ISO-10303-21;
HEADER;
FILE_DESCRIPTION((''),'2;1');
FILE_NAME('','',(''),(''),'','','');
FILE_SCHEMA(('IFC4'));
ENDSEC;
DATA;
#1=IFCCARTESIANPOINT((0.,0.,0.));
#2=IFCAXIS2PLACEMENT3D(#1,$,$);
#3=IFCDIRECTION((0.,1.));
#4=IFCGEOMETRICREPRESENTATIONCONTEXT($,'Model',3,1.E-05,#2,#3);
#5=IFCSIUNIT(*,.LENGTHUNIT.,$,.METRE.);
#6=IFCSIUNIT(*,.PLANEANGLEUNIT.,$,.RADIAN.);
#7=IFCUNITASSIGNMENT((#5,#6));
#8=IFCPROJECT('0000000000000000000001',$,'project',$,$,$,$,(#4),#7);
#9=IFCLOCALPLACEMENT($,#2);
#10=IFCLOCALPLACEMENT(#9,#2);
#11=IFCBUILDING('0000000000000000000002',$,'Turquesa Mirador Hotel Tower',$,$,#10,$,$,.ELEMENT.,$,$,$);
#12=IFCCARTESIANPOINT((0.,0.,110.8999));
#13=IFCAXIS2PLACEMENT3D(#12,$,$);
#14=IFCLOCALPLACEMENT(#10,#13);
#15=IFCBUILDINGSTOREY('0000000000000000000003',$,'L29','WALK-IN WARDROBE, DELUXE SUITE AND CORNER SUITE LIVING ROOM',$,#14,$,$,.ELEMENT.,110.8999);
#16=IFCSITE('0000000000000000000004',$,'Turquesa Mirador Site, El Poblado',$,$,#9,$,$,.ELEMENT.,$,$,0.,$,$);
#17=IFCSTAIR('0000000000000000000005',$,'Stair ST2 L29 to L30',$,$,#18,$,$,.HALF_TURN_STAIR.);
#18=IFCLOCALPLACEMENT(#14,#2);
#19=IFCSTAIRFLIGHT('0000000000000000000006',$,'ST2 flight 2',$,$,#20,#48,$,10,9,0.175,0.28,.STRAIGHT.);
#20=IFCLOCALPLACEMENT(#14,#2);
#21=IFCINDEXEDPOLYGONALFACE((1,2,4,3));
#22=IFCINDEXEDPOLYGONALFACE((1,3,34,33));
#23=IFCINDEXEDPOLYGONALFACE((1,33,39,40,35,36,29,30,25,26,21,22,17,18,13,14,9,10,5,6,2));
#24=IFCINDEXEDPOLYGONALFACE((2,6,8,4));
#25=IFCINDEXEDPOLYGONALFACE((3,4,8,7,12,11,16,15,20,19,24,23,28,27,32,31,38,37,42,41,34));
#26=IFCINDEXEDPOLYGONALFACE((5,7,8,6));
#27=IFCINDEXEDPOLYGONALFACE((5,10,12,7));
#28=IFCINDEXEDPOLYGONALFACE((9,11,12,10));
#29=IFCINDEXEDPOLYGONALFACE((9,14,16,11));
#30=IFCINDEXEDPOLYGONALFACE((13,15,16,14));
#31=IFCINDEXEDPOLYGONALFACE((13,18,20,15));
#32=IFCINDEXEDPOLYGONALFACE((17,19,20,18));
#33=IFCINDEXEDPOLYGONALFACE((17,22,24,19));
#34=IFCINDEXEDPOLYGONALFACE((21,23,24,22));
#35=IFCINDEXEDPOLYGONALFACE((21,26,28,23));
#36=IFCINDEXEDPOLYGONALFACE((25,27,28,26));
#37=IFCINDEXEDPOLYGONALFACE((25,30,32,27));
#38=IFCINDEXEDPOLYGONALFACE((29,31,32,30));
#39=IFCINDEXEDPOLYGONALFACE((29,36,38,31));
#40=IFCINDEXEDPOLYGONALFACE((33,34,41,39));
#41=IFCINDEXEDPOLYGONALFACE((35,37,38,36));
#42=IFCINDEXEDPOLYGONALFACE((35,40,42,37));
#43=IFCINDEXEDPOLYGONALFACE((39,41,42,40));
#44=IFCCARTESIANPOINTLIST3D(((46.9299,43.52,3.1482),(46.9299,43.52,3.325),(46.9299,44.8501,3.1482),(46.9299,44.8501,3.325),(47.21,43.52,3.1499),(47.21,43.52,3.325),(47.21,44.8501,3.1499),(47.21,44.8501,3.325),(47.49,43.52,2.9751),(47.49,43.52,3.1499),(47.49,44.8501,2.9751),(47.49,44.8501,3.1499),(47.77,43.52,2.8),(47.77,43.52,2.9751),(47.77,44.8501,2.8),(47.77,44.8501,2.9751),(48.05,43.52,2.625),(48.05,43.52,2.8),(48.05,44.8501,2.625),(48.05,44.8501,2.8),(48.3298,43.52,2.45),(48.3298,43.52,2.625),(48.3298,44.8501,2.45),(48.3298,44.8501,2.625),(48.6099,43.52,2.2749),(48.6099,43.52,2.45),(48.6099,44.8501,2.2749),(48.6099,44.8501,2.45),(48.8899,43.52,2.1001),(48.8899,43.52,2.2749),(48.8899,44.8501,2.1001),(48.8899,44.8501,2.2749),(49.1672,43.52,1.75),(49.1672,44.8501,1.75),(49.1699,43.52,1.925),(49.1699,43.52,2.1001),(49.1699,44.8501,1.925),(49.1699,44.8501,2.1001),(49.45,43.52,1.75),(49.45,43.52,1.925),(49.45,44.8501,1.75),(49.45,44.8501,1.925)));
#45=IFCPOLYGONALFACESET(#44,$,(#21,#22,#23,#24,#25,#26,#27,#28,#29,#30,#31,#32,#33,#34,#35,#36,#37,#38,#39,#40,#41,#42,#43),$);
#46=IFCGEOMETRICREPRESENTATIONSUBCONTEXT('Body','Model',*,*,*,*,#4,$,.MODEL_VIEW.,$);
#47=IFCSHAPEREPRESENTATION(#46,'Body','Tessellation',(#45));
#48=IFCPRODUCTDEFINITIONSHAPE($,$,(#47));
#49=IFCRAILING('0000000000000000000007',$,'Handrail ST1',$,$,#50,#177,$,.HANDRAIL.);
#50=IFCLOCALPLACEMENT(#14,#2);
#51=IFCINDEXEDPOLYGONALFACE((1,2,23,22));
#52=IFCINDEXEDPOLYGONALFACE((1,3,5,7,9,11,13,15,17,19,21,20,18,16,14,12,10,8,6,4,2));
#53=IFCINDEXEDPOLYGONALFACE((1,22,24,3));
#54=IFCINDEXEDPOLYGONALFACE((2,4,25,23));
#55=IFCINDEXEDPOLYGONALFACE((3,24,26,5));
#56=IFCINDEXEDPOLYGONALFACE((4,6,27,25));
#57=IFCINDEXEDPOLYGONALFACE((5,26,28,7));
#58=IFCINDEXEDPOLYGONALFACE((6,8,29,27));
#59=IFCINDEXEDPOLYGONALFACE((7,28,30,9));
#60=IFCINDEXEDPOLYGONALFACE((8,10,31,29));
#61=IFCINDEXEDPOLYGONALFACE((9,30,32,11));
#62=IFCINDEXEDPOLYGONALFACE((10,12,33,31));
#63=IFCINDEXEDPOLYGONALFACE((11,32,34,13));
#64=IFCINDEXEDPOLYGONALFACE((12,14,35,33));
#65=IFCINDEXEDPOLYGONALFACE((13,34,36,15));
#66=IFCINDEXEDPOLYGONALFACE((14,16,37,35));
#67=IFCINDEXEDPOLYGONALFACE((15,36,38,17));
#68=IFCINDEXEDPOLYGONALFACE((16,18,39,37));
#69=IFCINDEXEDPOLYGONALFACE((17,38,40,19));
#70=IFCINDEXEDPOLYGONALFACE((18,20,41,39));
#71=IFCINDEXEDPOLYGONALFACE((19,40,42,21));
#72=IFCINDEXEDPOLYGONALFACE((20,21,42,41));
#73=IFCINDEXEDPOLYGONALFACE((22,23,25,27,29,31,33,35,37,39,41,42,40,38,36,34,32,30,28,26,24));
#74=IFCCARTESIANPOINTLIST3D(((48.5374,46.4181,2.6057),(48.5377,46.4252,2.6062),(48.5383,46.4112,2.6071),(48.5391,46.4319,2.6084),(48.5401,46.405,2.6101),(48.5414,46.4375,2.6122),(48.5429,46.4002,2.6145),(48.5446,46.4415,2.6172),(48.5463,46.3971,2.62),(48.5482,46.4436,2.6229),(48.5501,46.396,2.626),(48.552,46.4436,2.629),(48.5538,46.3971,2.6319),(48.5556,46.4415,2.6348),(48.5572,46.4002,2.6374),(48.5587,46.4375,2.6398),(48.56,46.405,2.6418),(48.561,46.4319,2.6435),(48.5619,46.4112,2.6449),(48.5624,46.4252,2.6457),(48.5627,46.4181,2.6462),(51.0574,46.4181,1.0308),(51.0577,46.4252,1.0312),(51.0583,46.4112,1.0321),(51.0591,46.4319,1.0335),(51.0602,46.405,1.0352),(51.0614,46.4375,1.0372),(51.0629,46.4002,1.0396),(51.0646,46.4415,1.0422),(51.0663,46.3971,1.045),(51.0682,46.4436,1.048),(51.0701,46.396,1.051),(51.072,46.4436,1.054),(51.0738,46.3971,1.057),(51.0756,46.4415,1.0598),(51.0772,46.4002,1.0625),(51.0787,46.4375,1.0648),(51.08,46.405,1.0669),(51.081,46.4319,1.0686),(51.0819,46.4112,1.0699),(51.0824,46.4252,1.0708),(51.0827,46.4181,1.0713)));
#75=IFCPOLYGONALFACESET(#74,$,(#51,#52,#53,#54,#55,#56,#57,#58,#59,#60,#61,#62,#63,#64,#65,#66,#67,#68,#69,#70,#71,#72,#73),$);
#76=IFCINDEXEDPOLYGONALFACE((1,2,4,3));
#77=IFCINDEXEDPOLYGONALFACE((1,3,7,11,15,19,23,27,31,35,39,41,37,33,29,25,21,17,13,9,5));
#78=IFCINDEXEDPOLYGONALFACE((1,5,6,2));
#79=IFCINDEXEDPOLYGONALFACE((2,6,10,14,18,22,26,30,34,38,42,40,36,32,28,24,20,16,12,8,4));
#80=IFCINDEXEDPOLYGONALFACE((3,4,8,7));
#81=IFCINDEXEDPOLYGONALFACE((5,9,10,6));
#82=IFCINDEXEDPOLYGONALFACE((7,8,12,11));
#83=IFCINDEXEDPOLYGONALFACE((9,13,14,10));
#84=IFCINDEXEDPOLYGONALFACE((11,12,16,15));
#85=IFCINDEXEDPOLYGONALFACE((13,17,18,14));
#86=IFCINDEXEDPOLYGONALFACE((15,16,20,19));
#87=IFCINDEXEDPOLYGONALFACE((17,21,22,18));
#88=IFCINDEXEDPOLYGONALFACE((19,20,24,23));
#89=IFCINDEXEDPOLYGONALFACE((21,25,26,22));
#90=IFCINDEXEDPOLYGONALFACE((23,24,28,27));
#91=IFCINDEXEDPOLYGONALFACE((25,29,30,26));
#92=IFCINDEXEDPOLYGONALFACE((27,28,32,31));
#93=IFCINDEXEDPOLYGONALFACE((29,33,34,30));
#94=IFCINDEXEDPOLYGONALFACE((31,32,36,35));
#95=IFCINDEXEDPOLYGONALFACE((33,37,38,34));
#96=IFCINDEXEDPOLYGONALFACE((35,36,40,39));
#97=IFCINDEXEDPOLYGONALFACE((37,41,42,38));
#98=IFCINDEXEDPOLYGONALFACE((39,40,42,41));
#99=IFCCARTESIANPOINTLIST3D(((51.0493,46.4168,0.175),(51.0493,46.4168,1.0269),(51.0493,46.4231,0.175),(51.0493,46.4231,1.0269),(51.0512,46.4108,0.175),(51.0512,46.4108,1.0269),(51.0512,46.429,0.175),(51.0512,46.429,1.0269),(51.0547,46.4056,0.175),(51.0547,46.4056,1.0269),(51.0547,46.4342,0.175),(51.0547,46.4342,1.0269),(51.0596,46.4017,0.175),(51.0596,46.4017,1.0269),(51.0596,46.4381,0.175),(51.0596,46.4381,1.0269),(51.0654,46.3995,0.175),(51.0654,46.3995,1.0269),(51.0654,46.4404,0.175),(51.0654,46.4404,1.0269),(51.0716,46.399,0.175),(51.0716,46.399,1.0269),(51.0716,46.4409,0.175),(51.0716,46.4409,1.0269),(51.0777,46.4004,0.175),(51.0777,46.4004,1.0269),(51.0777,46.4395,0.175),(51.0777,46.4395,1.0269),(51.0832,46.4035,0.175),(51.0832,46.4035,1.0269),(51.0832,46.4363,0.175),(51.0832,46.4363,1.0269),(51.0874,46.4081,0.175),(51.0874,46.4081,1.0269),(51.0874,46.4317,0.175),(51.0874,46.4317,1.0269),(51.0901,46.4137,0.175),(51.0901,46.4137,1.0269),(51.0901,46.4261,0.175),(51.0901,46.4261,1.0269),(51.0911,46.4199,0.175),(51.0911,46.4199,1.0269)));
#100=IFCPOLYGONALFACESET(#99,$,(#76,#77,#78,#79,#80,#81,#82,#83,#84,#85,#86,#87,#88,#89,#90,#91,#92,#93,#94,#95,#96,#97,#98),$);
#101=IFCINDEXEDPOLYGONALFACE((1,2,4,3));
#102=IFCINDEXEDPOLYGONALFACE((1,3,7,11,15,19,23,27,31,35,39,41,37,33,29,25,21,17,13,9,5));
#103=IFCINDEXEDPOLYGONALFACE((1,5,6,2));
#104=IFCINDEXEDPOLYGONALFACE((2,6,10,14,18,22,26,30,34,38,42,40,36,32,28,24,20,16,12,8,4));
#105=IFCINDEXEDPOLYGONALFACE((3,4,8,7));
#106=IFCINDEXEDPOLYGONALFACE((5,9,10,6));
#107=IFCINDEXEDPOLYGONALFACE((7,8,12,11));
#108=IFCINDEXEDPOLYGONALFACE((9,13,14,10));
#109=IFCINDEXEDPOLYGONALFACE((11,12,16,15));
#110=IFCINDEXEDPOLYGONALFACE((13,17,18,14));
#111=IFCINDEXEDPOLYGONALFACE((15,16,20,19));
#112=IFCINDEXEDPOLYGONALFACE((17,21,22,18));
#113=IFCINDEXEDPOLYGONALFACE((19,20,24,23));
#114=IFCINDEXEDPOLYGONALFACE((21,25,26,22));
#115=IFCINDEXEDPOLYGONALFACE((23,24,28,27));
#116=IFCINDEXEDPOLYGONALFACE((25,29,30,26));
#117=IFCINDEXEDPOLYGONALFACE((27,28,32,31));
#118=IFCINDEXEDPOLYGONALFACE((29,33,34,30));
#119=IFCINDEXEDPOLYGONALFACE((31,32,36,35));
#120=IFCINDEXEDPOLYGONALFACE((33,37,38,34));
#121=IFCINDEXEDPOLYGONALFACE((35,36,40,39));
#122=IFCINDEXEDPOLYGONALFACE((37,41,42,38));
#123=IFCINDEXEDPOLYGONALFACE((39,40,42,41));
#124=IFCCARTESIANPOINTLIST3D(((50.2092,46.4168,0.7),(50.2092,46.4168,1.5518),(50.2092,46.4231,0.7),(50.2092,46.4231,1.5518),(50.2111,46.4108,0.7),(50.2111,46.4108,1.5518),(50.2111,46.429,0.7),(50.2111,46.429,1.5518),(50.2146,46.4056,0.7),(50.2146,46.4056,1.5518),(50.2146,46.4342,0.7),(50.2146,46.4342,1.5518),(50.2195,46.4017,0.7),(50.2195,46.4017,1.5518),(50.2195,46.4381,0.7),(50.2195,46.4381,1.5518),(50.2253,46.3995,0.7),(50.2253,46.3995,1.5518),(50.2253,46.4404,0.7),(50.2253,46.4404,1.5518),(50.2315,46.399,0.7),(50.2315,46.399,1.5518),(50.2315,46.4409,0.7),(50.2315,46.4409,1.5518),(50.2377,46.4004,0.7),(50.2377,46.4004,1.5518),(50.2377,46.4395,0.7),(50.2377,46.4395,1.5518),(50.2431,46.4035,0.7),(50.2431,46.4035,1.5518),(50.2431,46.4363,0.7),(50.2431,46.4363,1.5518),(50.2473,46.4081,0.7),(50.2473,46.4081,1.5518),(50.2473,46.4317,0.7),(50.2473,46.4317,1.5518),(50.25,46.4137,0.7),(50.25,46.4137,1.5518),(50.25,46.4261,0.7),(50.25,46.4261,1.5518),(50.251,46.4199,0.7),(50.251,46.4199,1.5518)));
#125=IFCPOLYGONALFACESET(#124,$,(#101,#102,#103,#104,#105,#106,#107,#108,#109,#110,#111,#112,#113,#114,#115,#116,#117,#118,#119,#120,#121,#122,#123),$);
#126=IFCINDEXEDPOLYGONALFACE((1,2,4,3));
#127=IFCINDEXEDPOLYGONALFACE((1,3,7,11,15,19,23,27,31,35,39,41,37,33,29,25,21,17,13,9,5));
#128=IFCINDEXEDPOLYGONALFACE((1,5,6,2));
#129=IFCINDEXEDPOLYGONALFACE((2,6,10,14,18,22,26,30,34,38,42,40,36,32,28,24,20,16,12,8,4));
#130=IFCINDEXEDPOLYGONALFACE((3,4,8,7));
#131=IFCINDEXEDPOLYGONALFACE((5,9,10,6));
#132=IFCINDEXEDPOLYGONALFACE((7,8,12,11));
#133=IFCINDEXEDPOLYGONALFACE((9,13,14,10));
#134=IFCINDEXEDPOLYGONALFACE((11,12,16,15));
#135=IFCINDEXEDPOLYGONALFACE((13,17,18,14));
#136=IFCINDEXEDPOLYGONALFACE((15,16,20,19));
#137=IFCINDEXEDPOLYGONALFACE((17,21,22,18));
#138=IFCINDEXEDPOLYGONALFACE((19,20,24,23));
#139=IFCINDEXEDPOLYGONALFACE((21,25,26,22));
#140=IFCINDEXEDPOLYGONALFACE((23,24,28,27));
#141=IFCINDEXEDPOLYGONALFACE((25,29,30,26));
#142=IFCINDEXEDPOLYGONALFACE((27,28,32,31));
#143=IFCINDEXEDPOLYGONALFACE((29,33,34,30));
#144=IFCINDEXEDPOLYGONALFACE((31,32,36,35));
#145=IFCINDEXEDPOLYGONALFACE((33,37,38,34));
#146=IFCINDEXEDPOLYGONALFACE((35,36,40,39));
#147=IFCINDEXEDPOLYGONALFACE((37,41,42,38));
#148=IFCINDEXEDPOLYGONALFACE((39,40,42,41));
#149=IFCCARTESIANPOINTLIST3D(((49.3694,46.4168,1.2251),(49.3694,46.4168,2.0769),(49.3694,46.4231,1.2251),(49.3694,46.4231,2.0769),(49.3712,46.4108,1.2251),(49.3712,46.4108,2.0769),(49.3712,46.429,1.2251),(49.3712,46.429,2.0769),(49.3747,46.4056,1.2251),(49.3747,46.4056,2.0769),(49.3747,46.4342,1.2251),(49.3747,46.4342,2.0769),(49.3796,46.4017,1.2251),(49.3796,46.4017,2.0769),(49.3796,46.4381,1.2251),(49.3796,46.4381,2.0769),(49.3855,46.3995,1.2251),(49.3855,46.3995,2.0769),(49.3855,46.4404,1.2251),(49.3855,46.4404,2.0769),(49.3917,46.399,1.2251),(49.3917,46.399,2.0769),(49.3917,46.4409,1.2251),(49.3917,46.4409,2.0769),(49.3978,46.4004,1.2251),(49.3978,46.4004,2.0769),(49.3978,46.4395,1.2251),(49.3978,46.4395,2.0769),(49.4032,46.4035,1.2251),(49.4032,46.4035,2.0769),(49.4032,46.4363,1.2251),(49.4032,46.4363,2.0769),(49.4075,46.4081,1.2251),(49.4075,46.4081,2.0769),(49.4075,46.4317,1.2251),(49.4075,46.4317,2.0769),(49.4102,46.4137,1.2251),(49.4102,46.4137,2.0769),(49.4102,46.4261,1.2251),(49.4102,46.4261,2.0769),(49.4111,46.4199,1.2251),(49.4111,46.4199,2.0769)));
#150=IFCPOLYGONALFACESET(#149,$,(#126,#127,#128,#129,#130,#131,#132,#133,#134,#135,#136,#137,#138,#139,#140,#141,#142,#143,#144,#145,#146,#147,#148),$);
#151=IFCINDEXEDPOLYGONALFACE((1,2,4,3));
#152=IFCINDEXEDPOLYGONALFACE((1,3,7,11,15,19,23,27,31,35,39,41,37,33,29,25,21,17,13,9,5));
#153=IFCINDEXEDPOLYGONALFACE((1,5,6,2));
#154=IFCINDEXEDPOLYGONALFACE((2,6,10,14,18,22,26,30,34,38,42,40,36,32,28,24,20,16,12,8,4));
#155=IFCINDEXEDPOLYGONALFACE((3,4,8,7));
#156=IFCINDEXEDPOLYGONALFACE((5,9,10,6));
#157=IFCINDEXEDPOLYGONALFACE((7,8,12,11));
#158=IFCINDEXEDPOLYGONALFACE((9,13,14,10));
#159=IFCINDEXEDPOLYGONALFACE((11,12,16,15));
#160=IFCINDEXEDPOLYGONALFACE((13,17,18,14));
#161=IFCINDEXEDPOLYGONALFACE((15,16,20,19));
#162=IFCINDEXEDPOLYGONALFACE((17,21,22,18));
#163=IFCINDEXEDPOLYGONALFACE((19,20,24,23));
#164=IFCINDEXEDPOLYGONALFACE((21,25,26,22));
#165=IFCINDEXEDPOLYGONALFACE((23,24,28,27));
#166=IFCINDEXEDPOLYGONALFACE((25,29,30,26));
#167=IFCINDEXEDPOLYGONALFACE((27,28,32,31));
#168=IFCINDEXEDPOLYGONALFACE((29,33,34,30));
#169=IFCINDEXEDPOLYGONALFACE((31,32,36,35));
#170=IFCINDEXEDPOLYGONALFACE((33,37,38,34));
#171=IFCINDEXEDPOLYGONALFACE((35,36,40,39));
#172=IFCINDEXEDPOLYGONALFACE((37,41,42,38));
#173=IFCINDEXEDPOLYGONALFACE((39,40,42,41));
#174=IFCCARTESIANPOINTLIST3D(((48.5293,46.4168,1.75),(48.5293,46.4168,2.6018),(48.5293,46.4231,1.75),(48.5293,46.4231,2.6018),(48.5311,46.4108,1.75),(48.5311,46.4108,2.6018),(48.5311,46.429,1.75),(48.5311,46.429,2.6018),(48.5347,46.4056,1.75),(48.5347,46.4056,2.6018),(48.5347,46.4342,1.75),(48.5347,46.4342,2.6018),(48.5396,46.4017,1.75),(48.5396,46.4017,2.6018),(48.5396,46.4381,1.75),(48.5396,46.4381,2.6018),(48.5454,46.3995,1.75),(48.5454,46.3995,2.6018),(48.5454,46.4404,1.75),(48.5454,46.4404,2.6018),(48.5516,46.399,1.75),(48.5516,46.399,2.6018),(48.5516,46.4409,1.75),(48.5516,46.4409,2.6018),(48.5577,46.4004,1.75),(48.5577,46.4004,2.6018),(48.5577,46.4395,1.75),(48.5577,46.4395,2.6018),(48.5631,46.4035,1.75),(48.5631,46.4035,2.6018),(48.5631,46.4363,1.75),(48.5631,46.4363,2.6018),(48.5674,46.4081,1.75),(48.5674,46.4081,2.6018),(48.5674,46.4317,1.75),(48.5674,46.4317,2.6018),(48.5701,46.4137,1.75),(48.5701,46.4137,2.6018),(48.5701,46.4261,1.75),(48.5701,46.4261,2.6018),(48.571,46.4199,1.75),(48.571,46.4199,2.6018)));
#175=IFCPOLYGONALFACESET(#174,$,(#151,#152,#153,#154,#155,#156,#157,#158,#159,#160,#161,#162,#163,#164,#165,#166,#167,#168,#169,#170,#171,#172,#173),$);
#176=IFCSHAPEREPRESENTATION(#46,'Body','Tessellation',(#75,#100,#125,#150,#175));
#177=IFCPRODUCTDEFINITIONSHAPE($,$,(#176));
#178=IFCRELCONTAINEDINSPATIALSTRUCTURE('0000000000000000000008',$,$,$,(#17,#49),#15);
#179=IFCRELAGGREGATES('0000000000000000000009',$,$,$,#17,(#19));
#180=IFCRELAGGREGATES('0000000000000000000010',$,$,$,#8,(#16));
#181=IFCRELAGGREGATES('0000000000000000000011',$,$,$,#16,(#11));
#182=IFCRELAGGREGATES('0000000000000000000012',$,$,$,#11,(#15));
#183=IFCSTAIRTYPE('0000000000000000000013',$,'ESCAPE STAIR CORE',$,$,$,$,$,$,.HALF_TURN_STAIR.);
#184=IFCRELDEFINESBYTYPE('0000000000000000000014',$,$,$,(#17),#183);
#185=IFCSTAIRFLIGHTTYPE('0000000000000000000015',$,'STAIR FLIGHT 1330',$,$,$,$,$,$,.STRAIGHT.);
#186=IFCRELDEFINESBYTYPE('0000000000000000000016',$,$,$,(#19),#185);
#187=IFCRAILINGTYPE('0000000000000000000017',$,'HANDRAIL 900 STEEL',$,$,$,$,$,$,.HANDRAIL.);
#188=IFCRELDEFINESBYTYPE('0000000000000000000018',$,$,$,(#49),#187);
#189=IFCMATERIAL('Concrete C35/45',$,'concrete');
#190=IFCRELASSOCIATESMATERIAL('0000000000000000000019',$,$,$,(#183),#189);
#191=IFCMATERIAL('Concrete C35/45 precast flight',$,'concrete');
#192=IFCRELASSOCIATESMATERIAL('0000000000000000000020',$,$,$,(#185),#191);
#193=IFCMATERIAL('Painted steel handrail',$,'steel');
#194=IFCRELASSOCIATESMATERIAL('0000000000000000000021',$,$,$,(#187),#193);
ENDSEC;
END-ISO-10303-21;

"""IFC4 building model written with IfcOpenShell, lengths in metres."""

from ifc_helpers import new_model, si_unit, direction, frame, origin, origin_2d, place, context, subcontext, project, spatial, polyline, circle, outline, extrude, material, type_object, element, aggregate, save


model = new_model("IFC4")

# Units and contexts
model_context = context("Model", 3, precision=1e-05, world=origin(), true_north=direction((0.0, 1.0)))
body_context = subcontext(model_context, "Body", "Model", "MODEL_VIEW")
ifc_project = project(units=[si_unit("LENGTHUNIT", "METRE"), si_unit("PLANEANGLEUNIT", "RADIAN")], contexts=[model_context])

# Site, building, storey
site_placement = place(None, origin())
site = spatial("IfcSite", under=ifc_project, at=site_placement, Name="Turquesa Mirador Site, El Poblado", CompositionType="ELEMENT", RefElevation=0.0)
building_placement = place(site_placement, origin())
building = spatial("IfcBuilding", under=site, at=building_placement, Name="Turquesa Mirador Hotel Tower", CompositionType="ELEMENT")
storey_placement = place(building_placement, frame((0.0, 0.0, 110.8999)))
storey = spatial("IfcBuildingStorey", under=building, at=storey_placement, Name="L29", Description="WALK-IN WARDROBE, DELUXE SUITE AND CORNER SUITE LIVING ROOM", CompositionType="ELEMENT", Elevation=110.8999)

# Shared definitions
ifc_material_1 = material(Name="Concrete C35/45", Category="concrete")
stair_type = type_object("IfcStairType", Name="ESCAPE STAIR CORE", PredefinedType="HALF_TURN_STAIR", material=ifc_material_1)
ifc_material_2 = material(Name="Concrete C35/45 precast flight", Category="concrete")
stair_flight_type = type_object("IfcStairFlightType", Name="STAIR FLIGHT 1330", PredefinedType="STRAIGHT", material=ifc_material_2)

# Stair, stair flight
stair_1_placement = place(storey_placement, origin())
stair_1 = element("IfcStair", 1, at=stair_1_placement, inside=storey, type_object=stair_type, Name="Stair ST2 L29 to L30", PredefinedType="HALF_TURN_STAIR")
stair_flight_1_placement = place(storey_placement, frame((49.45, 44.1851, 1.75), z_axis=(0.0, 0.0, 1.0), x_axis=(-1.0, 0.0, 0.0)))
stair_flight_1 = element("IfcStairFlight", 2, at=stair_flight_1_placement, type_object=stair_flight_type, Name="ST2 flight 2", NumberOfRisers=10, NumberOfTreads=9, PredefinedType="STRAIGHT", RiserHeight=0.175, TreadLength=0.28, context=body_context, shape_type="SweptSolid", body=[
    extrude(outline(polyline([(0.0, 0.0), (0.0, 0.175), (0.28, 0.175), (0.28, 0.3501), (0.5601, 0.3501), (0.5601, 0.5249), (0.8401, 0.5249), (0.8401, 0.7), (1.1201, 0.7), (1.1201, 0.875), (1.3999, 0.875), (1.3999, 1.05), (1.6799, 1.05), (1.6799, 1.2251), (1.96, 1.2251), (1.96, 1.3999), (2.24, 1.3999), (2.24, 1.575), (2.52, 1.575), (2.52, 1.75), (2.52, 1.3982), (0.2827, 0.0), (0.0, 0.0)])), frame((0.0, 0.665, 0.0), z_axis=(0.0, -1.0, 0.0), x_axis=(1.0, 0.0, 0.0)), (0.0, 0.0, 1.0), 1.3301),
])
aggregate(stair_1, [stair_flight_1])

# Railing
ifc_material_3 = material(Name="Painted steel handrail", Category="steel")
railing_type = type_object("IfcRailingType", Name="HANDRAIL 900 STEEL", PredefinedType="HANDRAIL", material=ifc_material_3)
railing_1_placement = place(storey_placement, frame((51.0701, 46.4199, 0.175)))
element("IfcRailing", 3, at=railing_1_placement, inside=storey, type_object=railing_type, Name="Handrail ST1", PredefinedType="HANDRAIL", context=body_context, shape_type="SweptSolid", body=[
    extrude(circle(Radius=0.0239, at=origin_2d()), frame((0.0, 0.0, 0.876), z_axis=(-0.848008, 0.0, 0.529984), x_axis=(0.0, -1.0, 0.0)), (0.0, 0.0, 1.0), 2.9717),
    extrude(circle(Radius=0.021, at=origin_2d()), origin(), (0.0, 0.0, 1.0), 0.8518),
    extrude(circle(Radius=0.021, at=origin_2d()), frame((-0.8401, 0.0, 0.5249)), (0.0, 0.0, 1.0), 0.8518),
    extrude(circle(Radius=0.021, at=origin_2d()), frame((-1.6799, 0.0, 1.05)), (0.0, 0.0, 1.0), 0.8518),
    extrude(circle(Radius=0.021, at=origin_2d()), frame((-2.52, 0.0, 1.575)), (0.0, 0.0, 1.0), 0.8518),
])

save(model, "model.ifc")
